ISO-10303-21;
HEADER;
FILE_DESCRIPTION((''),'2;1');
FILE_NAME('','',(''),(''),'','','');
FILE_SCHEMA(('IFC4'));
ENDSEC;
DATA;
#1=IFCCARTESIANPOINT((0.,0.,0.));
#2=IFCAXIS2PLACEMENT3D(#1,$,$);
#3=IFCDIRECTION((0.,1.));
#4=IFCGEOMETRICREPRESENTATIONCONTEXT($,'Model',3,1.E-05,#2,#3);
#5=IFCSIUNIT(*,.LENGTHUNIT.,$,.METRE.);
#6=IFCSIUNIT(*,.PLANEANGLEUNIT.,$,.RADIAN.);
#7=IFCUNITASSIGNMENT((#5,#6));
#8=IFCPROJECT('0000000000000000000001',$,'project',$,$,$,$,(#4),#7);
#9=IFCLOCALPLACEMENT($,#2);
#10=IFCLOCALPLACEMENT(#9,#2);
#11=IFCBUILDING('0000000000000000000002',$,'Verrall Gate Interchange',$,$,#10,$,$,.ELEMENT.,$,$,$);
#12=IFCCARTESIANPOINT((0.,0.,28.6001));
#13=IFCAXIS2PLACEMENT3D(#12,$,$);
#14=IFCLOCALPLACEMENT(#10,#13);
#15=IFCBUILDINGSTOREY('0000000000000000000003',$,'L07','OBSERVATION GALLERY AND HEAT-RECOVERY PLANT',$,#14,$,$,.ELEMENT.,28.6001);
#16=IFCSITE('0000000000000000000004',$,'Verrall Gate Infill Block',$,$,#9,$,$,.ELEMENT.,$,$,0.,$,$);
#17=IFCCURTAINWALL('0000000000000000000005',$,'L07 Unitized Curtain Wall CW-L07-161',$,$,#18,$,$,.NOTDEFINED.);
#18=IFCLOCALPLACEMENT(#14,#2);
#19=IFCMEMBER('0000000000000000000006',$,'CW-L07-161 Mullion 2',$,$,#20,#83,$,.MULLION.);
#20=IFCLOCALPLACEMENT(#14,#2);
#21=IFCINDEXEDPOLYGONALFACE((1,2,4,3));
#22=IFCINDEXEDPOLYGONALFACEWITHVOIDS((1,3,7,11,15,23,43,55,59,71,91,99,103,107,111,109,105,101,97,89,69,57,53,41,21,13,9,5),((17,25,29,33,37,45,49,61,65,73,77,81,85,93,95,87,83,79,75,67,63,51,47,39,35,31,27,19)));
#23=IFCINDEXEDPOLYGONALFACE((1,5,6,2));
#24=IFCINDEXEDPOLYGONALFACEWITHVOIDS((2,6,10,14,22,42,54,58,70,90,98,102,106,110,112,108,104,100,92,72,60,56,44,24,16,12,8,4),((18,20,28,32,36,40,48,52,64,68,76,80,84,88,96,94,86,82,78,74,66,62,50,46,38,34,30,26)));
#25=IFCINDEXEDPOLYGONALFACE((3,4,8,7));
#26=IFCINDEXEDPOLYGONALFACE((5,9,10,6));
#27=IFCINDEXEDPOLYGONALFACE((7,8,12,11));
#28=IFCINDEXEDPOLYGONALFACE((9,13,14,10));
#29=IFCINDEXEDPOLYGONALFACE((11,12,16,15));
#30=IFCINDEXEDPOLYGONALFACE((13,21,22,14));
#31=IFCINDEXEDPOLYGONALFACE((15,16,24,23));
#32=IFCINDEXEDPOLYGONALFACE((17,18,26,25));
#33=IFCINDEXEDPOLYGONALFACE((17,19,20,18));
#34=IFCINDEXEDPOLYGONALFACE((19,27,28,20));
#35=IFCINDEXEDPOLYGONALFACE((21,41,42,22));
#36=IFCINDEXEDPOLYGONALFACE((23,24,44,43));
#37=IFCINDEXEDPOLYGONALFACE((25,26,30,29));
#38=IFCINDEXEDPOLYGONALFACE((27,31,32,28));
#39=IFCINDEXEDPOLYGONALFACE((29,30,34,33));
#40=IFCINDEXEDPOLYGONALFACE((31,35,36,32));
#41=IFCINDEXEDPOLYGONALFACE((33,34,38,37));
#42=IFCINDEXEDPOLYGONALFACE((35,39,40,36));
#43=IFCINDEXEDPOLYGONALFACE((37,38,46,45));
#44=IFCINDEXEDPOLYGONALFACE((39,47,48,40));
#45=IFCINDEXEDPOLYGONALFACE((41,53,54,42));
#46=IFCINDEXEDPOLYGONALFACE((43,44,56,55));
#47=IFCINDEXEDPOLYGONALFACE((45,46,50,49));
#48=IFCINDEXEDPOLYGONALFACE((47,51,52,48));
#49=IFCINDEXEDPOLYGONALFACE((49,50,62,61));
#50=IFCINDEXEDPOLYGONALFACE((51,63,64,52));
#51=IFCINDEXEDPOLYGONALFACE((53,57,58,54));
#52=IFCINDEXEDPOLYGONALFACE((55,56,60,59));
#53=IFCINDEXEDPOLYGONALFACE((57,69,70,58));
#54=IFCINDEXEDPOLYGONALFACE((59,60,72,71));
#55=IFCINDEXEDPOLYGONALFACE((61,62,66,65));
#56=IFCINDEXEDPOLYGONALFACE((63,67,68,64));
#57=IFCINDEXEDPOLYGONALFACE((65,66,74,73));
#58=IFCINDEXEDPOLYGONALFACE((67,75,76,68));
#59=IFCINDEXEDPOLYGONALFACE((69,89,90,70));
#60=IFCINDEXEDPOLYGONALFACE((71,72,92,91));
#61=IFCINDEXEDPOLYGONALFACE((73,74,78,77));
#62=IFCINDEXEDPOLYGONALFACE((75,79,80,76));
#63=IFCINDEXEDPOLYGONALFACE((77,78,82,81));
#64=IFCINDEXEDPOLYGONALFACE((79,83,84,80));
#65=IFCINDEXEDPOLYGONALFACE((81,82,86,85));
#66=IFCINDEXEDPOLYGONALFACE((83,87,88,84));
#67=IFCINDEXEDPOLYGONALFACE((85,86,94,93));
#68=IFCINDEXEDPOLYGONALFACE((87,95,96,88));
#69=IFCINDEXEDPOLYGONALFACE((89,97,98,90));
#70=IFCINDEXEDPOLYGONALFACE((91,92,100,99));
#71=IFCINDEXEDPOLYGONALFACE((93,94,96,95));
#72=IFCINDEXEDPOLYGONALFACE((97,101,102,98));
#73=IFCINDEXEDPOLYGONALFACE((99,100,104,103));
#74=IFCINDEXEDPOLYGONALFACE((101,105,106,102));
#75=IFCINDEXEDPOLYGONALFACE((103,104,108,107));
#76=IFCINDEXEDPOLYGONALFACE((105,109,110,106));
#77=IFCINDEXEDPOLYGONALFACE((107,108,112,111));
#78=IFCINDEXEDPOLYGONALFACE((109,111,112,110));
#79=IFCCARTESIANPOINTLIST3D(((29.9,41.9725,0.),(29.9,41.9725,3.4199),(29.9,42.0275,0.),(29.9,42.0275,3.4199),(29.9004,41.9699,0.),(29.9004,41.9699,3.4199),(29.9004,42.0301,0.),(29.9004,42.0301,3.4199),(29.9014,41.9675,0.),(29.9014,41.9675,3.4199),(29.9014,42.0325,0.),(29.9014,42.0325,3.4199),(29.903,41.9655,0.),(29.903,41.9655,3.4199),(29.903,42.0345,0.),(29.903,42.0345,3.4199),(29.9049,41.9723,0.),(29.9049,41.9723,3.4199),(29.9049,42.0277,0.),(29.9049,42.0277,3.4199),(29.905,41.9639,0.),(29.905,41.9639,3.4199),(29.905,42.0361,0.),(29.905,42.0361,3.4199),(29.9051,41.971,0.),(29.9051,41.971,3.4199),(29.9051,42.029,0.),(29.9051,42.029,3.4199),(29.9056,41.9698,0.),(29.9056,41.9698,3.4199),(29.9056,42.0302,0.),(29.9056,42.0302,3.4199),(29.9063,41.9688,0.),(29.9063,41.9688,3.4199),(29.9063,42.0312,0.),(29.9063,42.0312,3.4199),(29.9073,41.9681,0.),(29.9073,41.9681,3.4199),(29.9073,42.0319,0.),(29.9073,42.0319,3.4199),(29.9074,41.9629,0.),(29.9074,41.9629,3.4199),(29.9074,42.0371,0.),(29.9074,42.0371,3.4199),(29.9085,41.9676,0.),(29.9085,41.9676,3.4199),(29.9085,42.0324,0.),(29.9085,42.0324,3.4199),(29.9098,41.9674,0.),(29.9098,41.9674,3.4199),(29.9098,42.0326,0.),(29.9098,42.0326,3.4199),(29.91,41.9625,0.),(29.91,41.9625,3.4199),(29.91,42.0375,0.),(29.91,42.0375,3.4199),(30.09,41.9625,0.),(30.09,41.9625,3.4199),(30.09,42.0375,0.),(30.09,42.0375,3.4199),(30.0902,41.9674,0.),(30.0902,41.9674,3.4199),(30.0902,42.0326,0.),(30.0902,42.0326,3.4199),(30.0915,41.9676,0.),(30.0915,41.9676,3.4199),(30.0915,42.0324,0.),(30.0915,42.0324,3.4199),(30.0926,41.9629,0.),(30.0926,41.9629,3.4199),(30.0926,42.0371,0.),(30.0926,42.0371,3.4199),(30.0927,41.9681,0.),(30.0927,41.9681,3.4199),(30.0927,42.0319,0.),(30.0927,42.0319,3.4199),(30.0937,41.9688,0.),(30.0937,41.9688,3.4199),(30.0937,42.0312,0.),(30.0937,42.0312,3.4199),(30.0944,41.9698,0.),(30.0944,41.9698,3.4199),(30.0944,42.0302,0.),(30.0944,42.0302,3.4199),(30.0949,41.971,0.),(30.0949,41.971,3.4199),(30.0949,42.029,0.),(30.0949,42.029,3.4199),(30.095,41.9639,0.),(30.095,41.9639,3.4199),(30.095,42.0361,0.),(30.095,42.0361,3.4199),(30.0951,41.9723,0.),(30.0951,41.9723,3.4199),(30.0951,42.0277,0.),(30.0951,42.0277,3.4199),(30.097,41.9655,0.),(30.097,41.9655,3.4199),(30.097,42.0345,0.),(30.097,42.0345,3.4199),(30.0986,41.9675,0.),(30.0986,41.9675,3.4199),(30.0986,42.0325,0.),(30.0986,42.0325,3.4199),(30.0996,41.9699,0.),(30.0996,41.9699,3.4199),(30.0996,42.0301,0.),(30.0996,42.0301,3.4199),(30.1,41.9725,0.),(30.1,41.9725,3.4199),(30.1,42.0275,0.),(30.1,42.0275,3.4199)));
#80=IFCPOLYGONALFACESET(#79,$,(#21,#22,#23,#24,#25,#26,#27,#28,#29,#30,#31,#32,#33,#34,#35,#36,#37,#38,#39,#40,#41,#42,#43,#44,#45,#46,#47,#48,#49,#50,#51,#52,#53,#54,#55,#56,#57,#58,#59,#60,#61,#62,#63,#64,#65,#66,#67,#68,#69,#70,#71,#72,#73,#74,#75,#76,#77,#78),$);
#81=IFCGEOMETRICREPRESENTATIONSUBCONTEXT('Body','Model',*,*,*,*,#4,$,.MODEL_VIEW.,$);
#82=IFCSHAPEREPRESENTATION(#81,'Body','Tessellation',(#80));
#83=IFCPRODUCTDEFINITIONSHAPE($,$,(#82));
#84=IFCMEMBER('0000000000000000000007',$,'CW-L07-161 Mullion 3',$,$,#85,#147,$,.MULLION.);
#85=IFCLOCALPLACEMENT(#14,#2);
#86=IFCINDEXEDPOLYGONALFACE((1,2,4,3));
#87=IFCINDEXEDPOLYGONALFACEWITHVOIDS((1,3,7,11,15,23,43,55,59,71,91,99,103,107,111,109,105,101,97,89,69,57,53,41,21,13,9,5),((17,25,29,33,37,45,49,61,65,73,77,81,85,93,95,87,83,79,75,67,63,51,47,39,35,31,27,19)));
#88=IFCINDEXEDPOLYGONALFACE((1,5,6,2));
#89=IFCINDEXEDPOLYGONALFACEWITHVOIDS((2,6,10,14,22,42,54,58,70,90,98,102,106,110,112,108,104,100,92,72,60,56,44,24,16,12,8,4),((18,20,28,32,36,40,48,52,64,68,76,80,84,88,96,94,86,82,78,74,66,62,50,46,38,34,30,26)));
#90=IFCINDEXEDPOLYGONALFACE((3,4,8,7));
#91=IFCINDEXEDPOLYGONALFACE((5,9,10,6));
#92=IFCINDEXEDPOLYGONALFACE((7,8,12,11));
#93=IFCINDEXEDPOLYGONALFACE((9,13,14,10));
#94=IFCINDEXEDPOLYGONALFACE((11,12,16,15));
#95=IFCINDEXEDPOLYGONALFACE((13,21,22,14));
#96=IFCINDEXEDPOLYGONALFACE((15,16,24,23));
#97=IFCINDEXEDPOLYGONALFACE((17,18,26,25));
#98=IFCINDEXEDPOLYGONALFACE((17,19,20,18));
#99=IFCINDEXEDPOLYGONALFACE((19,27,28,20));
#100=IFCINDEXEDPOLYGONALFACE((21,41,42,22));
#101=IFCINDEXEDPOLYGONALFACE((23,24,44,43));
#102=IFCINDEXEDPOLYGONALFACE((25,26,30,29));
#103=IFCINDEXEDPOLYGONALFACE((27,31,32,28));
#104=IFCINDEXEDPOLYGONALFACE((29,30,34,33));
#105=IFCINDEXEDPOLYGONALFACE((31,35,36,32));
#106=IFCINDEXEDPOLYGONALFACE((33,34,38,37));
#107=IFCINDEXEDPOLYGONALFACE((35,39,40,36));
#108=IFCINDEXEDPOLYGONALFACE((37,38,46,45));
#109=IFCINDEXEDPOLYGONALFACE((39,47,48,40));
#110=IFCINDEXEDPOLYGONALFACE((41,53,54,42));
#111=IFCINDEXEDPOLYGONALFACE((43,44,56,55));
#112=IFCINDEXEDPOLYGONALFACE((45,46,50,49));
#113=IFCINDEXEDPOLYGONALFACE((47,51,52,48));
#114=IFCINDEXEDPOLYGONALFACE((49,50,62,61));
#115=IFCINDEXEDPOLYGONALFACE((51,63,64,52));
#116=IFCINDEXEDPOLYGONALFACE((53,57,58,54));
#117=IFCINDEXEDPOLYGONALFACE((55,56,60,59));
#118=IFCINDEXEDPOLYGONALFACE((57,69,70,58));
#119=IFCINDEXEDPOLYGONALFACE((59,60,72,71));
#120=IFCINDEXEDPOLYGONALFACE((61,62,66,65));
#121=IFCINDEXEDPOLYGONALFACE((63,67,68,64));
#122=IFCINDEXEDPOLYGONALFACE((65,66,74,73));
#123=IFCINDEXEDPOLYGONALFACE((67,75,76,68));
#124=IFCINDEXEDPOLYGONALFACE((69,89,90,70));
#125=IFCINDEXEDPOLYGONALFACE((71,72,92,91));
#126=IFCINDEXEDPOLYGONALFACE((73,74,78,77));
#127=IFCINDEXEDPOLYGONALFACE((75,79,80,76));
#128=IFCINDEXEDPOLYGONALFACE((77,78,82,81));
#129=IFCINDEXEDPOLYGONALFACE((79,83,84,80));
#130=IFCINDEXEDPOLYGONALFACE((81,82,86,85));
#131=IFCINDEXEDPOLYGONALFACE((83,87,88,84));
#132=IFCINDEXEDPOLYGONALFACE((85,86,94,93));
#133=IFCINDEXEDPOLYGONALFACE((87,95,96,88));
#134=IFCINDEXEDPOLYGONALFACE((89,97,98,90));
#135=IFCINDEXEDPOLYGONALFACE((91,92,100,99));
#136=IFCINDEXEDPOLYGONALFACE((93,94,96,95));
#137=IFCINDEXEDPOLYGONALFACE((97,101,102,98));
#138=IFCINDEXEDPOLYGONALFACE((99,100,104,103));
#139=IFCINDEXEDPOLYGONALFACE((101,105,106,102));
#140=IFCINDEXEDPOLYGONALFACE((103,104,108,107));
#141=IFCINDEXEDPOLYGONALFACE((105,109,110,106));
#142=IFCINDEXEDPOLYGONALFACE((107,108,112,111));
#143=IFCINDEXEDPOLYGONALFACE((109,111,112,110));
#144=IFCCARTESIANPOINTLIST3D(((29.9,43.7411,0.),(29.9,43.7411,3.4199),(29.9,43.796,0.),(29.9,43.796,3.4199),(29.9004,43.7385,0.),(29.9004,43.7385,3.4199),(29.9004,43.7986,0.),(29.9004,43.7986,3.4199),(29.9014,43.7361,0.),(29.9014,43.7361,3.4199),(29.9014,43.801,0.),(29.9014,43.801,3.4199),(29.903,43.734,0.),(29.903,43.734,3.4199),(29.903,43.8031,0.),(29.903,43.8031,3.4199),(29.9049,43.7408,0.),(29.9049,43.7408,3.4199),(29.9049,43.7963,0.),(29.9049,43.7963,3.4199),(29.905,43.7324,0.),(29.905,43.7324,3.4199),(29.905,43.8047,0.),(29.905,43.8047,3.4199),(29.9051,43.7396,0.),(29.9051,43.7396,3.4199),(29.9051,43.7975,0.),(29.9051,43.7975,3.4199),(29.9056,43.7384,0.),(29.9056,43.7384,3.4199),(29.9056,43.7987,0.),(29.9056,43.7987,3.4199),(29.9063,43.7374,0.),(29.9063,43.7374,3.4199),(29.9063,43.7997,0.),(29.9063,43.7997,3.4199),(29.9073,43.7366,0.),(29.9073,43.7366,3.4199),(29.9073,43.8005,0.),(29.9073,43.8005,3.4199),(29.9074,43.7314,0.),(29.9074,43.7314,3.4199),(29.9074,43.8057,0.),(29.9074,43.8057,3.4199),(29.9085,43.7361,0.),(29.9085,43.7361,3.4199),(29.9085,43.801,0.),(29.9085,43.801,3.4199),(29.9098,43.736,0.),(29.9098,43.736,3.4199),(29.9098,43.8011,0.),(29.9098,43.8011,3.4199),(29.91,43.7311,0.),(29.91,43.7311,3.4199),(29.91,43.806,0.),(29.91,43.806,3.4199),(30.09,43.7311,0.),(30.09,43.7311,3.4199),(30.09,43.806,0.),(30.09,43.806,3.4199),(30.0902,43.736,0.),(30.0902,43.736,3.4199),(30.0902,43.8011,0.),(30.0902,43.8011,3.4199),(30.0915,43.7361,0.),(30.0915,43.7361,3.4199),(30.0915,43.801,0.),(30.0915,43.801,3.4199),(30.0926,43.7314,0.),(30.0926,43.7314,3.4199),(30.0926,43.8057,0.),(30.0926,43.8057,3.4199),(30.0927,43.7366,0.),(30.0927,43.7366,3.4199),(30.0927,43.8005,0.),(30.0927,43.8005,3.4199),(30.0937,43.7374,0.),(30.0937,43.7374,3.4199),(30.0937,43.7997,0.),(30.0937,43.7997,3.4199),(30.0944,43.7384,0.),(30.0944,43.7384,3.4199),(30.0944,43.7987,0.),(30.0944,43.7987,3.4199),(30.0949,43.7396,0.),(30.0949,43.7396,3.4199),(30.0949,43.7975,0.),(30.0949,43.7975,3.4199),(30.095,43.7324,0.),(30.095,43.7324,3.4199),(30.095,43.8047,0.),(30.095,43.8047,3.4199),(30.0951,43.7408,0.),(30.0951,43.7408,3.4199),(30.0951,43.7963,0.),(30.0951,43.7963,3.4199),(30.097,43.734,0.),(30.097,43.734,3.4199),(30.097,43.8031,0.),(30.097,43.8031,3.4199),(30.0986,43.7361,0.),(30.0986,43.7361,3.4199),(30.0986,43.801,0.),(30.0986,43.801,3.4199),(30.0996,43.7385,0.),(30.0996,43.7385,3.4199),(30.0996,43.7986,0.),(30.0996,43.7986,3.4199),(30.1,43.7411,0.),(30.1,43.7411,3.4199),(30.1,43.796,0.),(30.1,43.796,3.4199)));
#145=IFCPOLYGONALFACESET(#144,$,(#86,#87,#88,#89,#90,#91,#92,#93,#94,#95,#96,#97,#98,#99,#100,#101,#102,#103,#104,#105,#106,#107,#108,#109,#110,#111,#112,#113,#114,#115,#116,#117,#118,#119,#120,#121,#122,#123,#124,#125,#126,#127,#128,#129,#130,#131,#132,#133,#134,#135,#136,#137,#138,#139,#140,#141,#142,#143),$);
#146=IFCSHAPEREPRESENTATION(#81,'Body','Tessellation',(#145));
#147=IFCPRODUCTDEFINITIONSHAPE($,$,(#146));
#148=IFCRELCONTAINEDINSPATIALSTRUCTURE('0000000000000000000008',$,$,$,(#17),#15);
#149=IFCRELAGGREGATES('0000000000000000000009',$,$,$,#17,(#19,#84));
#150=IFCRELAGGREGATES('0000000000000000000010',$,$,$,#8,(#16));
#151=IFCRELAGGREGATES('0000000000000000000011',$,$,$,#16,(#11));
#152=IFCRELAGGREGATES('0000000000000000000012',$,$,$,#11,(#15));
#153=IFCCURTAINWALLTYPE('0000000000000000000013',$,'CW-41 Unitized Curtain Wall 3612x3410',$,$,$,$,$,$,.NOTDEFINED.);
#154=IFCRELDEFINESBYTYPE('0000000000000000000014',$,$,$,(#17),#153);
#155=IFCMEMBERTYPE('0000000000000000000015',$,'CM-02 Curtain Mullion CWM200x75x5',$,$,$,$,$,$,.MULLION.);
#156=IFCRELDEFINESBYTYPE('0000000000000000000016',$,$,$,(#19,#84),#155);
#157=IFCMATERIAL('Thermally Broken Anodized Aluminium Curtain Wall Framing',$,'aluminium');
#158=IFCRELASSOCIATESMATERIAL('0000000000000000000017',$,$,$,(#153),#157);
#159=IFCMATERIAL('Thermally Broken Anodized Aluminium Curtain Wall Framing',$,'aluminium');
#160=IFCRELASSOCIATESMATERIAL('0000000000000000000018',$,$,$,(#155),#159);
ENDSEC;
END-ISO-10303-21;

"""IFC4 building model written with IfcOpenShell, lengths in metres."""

from ifc_helpers import new_model, si_unit, direction, frame, origin, origin_2d, place, context, subcontext, project, spatial, hollow_rectangle, extrude, material, material_profile, profile_set, type_object, element, aggregate, save


model = new_model("IFC4")

# Units and contexts
model_context = context("Model", 3, precision=1e-05, world=origin(), true_north=direction((0.0, 1.0)))
body_context = subcontext(model_context, "Body", "Model", "MODEL_VIEW")
ifc_project = project(units=[si_unit("LENGTHUNIT", "METRE"), si_unit("PLANEANGLEUNIT", "RADIAN")], contexts=[model_context])

# Site, building, storey
site_placement = place(None, origin())
site = spatial("IfcSite", under=ifc_project, at=site_placement, Name="Verrall Gate Infill Block", CompositionType="ELEMENT", RefElevation=0.0)
building_placement = place(site_placement, origin())
building = spatial("IfcBuilding", under=site, at=building_placement, Name="Verrall Gate Interchange", CompositionType="ELEMENT")
storey_placement = place(building_placement, frame((0.0, 0.0, 28.6001)))
storey = spatial("IfcBuildingStorey", under=building, at=storey_placement, Name="L07", Description="OBSERVATION GALLERY AND HEAT-RECOVERY PLANT", CompositionType="ELEMENT", Elevation=28.6001)

# Curtain wall, members
ifc_material_1 = material(Name="Thermally Broken Anodized Aluminium Curtain Wall Framing", Category="aluminium")
curtain_wall_type_1 = type_object("IfcCurtainWallType", Name="CW-41 Unitized Curtain Wall 3612x3410", PredefinedType="NOTDEFINED", material=ifc_material_1)
curtain_wall_1_placement = place(storey_placement, origin())
curtain_wall_1 = element("IfcCurtainWall", 1, at=curtain_wall_1_placement, inside=storey, type_object=curtain_wall_type_1, Name="L07 Unitized Curtain Wall CW-L07-161", PredefinedType="NOTDEFINED")
ifc_material_2 = material(Name="Thermally Broken Anodized Aluminium Curtain Wall Framing", Category="aluminium")
ifc_material_profile_1 = material_profile(ifc_material_2, hollow_rectangle(XDim=0.075, YDim=0.2, WallThickness=0.0049, InnerFilletRadius=0.0049, OuterFilletRadius=0.01, at=origin_2d()), Name="CWM200x75x5")
ifc_profile_set_1 = profile_set([ifc_material_profile_1], Name="Thermally Broken Anodized Aluminium Curtain Wall Framing")
member_type_1 = type_object("IfcMemberType", Name="CM-02 Curtain Mullion CWM200x75x5", PredefinedType="MULLION", material=ifc_profile_set_1)
member_1_placement = place(storey_placement, frame((30.0, 42.0, 0.0), z_axis=(0.0, 0.0, 1.0), x_axis=(0.0, 1.0, 0.0)))
member_1 = element("IfcMember", 2, at=member_1_placement, type_object=member_type_1, Name="CW-L07-161 Mullion 2", PredefinedType="MULLION", context=body_context, shape_type="SweptSolid", body=[
    extrude(hollow_rectangle(XDim=0.075, YDim=0.2, WallThickness=0.0049, InnerFilletRadius=0.0049, OuterFilletRadius=0.01, at=origin_2d()), origin(), (0.0, 0.0, 1.0), 3.4199),
])
member_2_placement = place(storey_placement, frame((30.0, 43.7686, 0.0), z_axis=(0.0, 0.0, 1.0), x_axis=(0.0, 1.0, 0.0)))
member_2 = element("IfcMember", 3, at=member_2_placement, type_object=member_type_1, Name="CW-L07-161 Mullion 3", PredefinedType="MULLION", context=body_context, shape_type="SweptSolid", body=[
    extrude(hollow_rectangle(XDim=0.075, YDim=0.2, WallThickness=0.0049, InnerFilletRadius=0.0049, OuterFilletRadius=0.01, at=origin_2d()), origin(), (0.0, 0.0, 1.0), 3.4199),
])

aggregate(curtain_wall_1, [member_1, member_2])

save(model, "model.ifc")
